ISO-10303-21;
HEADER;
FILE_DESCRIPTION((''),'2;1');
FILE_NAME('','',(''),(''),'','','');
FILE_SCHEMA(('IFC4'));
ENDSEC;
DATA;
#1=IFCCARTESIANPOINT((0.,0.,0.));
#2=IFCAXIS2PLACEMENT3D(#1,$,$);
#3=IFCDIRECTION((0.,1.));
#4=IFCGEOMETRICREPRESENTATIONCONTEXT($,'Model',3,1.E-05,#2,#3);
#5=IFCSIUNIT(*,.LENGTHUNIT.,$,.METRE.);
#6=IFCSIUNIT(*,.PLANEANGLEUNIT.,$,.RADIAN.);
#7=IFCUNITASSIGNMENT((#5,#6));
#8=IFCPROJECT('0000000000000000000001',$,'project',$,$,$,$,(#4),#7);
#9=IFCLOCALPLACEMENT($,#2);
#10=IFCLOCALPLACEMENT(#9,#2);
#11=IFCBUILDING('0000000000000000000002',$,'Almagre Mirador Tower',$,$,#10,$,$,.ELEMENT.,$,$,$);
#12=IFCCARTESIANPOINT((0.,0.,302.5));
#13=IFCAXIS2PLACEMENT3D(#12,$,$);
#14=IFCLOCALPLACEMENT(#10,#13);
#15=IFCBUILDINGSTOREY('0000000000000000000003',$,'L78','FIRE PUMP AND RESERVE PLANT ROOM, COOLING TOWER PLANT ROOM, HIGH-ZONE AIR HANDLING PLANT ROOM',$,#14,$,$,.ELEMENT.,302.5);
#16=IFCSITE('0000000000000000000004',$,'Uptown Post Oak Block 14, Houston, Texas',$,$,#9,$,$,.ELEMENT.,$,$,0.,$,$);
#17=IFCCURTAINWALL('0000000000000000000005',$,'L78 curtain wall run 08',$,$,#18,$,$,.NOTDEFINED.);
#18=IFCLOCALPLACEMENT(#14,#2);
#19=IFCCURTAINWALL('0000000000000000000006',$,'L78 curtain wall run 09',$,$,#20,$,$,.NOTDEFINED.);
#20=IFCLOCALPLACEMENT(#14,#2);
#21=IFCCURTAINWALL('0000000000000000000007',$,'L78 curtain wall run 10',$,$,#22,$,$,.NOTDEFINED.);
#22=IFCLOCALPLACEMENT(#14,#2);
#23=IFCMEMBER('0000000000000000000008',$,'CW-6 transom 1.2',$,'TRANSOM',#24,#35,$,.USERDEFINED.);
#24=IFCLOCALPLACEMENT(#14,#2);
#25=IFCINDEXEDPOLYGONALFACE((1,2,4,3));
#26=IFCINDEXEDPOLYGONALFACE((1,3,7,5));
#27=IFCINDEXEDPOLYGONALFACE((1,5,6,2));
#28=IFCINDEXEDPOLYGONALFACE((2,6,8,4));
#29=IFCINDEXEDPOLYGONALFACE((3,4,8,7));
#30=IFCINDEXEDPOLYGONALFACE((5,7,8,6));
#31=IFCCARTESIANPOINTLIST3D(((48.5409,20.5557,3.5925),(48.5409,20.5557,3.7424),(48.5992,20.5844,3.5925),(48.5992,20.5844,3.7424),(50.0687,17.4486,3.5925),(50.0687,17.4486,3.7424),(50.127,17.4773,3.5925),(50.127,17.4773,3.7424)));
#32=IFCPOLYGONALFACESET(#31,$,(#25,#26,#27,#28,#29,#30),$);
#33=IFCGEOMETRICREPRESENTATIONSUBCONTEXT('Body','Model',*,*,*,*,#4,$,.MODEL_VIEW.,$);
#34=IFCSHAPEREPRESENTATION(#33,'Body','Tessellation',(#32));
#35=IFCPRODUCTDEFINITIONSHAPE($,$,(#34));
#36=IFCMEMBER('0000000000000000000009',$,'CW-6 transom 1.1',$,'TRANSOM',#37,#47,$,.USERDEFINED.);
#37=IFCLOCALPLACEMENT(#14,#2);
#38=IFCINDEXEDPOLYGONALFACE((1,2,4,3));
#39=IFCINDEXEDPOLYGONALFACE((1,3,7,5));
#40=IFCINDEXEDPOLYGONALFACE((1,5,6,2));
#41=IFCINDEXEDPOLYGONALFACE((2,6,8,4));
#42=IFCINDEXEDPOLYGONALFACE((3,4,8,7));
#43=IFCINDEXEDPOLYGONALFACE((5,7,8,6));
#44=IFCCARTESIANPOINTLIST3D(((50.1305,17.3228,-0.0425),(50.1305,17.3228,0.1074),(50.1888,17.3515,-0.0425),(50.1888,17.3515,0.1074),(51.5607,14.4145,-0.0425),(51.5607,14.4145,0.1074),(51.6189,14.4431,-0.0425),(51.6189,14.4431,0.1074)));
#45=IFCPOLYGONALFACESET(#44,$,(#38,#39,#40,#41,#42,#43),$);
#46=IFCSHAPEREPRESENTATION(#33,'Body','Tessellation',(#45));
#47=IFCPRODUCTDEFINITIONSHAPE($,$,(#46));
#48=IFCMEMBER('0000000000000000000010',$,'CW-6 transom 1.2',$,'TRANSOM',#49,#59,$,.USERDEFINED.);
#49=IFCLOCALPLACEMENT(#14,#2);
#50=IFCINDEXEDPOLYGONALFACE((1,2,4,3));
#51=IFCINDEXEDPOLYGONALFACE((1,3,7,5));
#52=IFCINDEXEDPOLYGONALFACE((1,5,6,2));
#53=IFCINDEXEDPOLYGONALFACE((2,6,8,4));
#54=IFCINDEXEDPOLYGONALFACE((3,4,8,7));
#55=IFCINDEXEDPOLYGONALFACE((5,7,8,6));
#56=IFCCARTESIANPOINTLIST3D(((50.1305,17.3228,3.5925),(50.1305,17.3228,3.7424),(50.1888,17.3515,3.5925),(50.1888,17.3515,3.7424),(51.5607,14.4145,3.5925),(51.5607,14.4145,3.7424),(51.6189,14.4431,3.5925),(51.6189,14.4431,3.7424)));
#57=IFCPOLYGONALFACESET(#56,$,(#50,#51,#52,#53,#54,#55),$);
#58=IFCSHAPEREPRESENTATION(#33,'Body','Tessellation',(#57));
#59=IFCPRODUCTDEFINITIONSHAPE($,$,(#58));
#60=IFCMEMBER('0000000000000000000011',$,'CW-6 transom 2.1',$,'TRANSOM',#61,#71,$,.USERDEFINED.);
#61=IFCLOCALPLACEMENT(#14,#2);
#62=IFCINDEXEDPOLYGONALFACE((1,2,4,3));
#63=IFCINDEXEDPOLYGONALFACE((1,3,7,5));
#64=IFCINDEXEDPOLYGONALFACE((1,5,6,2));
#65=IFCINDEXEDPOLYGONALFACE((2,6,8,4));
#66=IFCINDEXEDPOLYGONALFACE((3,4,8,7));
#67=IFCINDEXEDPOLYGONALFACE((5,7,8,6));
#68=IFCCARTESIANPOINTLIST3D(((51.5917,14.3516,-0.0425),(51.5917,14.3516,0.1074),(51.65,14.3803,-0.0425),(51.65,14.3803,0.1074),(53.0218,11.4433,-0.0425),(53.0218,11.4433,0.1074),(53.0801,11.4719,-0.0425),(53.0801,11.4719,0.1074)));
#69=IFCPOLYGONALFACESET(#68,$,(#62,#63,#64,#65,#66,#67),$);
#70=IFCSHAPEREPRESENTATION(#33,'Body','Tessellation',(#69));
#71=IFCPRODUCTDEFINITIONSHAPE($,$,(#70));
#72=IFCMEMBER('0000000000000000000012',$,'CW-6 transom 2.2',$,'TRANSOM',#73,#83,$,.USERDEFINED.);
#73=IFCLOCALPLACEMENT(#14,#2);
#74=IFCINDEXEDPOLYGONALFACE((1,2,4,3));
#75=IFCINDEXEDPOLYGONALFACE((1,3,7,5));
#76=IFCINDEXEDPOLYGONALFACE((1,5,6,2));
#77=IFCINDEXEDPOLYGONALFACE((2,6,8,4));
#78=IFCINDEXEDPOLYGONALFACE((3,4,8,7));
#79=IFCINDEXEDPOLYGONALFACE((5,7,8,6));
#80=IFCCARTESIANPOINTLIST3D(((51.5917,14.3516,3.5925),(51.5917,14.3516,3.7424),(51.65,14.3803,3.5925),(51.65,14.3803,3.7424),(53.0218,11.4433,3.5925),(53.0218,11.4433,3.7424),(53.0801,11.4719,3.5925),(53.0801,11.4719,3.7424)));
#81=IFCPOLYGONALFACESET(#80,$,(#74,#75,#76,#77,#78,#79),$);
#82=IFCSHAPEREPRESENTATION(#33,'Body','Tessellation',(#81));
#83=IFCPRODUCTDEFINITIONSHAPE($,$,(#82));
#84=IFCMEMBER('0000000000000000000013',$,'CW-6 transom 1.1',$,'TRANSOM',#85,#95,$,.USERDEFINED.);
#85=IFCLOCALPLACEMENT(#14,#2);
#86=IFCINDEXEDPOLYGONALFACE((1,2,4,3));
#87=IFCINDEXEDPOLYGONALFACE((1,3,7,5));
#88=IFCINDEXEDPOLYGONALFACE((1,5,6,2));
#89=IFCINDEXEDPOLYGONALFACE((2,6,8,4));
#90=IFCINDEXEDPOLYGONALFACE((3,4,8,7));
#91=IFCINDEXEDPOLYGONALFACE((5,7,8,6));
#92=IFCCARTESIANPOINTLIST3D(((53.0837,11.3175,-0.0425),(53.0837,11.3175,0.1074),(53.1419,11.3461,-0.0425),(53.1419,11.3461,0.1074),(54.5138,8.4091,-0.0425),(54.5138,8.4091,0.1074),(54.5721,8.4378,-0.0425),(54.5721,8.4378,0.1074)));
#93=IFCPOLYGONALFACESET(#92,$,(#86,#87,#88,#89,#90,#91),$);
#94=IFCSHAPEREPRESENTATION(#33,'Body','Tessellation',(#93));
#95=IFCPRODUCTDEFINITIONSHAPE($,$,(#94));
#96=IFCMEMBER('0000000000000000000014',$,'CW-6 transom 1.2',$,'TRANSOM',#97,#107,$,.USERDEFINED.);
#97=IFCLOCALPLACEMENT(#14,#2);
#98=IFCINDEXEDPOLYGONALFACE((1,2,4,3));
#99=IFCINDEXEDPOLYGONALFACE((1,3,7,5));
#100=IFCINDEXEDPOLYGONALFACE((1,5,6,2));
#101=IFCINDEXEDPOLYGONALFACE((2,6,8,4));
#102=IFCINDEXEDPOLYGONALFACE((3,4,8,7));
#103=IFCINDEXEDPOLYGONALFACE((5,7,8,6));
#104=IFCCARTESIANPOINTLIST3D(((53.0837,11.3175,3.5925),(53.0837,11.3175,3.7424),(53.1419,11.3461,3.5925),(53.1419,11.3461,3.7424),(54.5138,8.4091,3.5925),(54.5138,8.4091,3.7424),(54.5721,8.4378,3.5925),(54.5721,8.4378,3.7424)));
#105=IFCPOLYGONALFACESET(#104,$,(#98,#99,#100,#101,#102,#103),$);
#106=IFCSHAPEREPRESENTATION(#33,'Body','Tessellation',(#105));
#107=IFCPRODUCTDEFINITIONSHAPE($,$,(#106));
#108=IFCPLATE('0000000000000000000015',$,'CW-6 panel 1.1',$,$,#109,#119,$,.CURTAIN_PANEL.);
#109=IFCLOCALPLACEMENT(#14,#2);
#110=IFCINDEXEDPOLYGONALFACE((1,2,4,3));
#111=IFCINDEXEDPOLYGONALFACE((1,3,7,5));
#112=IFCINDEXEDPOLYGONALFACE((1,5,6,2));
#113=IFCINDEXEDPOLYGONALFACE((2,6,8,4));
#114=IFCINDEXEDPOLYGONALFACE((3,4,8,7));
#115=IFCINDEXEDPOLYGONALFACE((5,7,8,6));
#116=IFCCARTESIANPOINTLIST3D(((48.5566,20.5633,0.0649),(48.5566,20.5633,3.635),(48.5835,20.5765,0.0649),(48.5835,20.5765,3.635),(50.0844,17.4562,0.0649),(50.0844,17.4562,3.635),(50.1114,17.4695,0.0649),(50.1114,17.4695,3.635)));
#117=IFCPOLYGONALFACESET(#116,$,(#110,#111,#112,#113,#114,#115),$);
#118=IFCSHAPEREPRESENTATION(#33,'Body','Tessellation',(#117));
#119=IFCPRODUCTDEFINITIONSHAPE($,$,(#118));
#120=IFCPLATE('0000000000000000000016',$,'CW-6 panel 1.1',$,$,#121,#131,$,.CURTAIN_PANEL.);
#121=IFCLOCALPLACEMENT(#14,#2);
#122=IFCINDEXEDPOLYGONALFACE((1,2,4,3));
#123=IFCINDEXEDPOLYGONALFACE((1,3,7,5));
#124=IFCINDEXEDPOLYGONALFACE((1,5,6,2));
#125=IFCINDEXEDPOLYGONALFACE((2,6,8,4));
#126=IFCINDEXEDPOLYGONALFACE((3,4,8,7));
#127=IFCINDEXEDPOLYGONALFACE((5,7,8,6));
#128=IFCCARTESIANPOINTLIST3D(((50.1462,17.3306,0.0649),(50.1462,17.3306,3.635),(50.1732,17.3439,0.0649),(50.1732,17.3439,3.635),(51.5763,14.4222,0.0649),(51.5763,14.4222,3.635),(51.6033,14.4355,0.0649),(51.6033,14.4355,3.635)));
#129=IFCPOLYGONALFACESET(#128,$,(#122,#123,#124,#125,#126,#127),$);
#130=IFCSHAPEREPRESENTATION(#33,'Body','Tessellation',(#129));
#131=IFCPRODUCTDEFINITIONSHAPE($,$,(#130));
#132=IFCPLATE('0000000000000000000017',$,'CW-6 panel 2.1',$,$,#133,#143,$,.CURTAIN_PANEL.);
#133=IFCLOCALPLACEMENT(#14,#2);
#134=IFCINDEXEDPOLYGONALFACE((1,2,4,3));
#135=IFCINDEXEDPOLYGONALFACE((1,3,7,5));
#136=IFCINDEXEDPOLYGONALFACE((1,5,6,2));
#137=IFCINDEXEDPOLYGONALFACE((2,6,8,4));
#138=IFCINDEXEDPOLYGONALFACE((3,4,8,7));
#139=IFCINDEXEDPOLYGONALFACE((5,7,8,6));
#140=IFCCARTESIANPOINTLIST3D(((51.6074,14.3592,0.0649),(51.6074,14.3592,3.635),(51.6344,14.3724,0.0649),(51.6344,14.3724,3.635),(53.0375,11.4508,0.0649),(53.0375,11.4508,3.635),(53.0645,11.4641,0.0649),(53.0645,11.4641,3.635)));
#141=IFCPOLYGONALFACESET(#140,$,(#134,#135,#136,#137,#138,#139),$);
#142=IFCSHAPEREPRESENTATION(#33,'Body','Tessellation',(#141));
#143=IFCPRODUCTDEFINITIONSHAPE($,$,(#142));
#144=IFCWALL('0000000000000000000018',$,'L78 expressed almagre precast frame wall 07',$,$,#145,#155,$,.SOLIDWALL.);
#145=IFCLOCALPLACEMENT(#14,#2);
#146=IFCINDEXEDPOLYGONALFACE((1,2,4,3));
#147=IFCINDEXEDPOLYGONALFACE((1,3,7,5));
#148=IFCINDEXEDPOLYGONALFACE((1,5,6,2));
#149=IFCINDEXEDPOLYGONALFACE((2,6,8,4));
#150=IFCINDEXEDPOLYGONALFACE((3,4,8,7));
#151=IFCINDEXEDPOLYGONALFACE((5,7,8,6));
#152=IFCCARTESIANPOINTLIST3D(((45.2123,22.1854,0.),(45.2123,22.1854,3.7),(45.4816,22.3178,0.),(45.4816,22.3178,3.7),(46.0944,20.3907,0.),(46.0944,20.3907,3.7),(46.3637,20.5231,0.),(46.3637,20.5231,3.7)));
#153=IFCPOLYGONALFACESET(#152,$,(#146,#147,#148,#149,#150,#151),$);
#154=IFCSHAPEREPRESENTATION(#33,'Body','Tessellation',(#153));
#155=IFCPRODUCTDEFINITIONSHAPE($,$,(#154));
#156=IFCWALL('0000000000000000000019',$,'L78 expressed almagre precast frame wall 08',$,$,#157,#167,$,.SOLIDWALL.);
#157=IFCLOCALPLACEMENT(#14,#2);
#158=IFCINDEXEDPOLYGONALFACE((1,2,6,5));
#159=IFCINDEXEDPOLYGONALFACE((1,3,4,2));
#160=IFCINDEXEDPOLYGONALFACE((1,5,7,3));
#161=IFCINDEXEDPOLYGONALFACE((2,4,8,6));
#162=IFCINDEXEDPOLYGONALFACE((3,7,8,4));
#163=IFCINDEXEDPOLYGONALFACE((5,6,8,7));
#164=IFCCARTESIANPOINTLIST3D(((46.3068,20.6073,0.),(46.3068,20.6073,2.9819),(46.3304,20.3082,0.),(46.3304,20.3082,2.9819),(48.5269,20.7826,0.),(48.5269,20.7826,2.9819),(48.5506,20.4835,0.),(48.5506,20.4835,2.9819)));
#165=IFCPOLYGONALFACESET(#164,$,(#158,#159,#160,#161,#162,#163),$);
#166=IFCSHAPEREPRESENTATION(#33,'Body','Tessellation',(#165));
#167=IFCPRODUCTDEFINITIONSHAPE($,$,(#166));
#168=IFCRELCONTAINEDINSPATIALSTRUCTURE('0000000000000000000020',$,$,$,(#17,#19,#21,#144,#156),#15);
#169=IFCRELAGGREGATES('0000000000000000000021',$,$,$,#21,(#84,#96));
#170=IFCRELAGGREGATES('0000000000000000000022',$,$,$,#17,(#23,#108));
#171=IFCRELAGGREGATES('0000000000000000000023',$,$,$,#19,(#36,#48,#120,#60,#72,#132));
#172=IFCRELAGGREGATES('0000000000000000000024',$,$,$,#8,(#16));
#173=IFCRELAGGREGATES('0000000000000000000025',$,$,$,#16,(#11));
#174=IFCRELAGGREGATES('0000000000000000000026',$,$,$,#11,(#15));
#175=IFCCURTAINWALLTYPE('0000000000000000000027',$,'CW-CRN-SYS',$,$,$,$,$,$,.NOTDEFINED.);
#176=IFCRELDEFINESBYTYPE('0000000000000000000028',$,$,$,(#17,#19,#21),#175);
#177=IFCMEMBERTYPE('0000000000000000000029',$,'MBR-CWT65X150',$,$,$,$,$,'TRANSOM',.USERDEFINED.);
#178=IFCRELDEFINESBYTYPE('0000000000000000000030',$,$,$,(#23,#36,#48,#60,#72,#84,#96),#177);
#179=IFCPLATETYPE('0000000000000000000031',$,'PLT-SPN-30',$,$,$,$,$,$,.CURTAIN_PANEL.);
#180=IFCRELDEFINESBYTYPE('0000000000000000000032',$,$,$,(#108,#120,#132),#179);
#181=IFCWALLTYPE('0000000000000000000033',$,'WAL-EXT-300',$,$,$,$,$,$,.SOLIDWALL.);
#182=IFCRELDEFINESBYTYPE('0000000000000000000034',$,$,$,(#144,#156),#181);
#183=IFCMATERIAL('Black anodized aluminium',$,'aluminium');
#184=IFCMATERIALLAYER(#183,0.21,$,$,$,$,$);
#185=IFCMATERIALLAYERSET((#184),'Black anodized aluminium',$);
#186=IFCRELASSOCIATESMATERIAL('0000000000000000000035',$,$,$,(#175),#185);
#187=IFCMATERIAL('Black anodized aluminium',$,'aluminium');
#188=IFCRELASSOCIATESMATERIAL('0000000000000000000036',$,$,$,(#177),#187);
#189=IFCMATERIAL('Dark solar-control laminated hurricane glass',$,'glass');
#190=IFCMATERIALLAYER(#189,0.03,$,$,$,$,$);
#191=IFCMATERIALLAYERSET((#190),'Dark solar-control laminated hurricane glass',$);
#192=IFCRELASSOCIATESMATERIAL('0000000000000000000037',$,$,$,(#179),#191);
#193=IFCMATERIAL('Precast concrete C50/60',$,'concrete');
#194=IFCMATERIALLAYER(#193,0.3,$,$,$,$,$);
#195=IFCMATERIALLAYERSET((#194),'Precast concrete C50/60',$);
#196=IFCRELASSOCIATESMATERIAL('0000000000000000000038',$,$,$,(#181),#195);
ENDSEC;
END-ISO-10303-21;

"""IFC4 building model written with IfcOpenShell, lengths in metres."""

from ifc_helpers import new_model, si_unit, direction, frame, frame_2d, origin, origin_2d, place, context, subcontext, project, spatial, rectangle, extrude, material, layer, layer_set, material_profile, profile_set, type_object, element, aggregate, save


model = new_model("IFC4")

# Units and contexts
model_context = context("Model", 3, precision=1e-05, world=origin(), true_north=direction((0.0, 1.0)))
body_context = subcontext(model_context, "Body", "Model", "MODEL_VIEW")
ifc_project = project(units=[si_unit("LENGTHUNIT", "METRE"), si_unit("PLANEANGLEUNIT", "RADIAN")], contexts=[model_context])

# Site, building, storey
site_placement = place(None, origin())
site = spatial("IfcSite", under=ifc_project, at=site_placement, Name="Uptown Post Oak Block 14, Houston, Texas", CompositionType="ELEMENT", RefElevation=0.0)
building_placement = place(site_placement, origin())
building = spatial("IfcBuilding", under=site, at=building_placement, Name="Almagre Mirador Tower", CompositionType="ELEMENT")
storey_placement = place(building_placement, frame((0.0, 0.0, 302.5)))
storey = spatial("IfcBuildingStorey", under=building, at=storey_placement, Name="L78", Description="FIRE PUMP AND RESERVE PLANT ROOM, COOLING TOWER PLANT ROOM, HIGH-ZONE AIR HANDLING PLANT ROOM", CompositionType="ELEMENT", Elevation=302.5)

# Curtain walls
ifc_material_1 = material(Name="Black anodized aluminium", Category="aluminium")
ifc_layer_1 = layer(ifc_material_1, 0.21)
ifc_layer_set_1 = layer_set([ifc_layer_1], Name="Black anodized aluminium")
curtain_wall_type = type_object("IfcCurtainWallType", Name="CW-CRN-SYS", PredefinedType="NOTDEFINED", material=ifc_layer_set_1)
curtain_wall_1_placement = place(storey_placement, origin())
curtain_wall_1 = element("IfcCurtainWall", 1, at=curtain_wall_1_placement, inside=storey, type_object=curtain_wall_type, Name="L78 curtain wall run 08", PredefinedType="NOTDEFINED")
curtain_wall_2_placement = place(storey_placement, origin())
curtain_wall_2 = element("IfcCurtainWall", 2, at=curtain_wall_2_placement, inside=storey, type_object=curtain_wall_type, Name="L78 curtain wall run 09", PredefinedType="NOTDEFINED")

# Curtain wall
curtain_wall_3_placement = place(storey_placement, origin())
curtain_wall_3 = element("IfcCurtainWall", 3, at=curtain_wall_3_placement, inside=storey, type_object=curtain_wall_type, Name="L78 curtain wall run 10", PredefinedType="NOTDEFINED")

# Members
ifc_material_2 = material(Name="Black anodized aluminium", Category="aluminium")
ifc_material_profile_1 = material_profile(ifc_material_2, rectangle(XDim=0.0649, YDim=0.1499, at=origin_2d()), Name="CWT65X150")
ifc_profile_set_1 = profile_set([ifc_material_profile_1], Name="Black anodized aluminium")
member_type_1 = type_object("IfcMemberType", Name="MBR-CWT65X150", ElementType="TRANSOM", PredefinedType="USERDEFINED", material=ifc_profile_set_1)
member_1_placement = place(storey_placement, frame((48.5701, 20.5701, 3.6675), z_axis=(0.441253, -0.897383, 0.0), x_axis=(0.897383, 0.441253, 0.0)))
member_1 = element("IfcMember", 4, at=member_1_placement, type_object=member_type_1, Name="CW-6 transom 1.2", ObjectType="TRANSOM", PredefinedType="USERDEFINED", context=body_context, shape_type="SweptSolid", body=[
    extrude(rectangle(XDim=0.0649, YDim=0.1499, at=origin_2d()), origin(), (0.0, 0.0, 1.0), 3.4624),
])
member_2_placement = place(storey_placement, frame((50.1597, 17.3372, 0.0325), z_axis=(0.441268, -0.897375, 0.0), x_axis=(0.897375, 0.441268, 0.0)))
member_2 = element("IfcMember", 5, at=member_2_placement, type_object=member_type_1, Name="CW-6 transom 1.1", ObjectType="TRANSOM", PredefinedType="USERDEFINED", context=body_context, shape_type="SweptSolid", body=[
    extrude(rectangle(XDim=0.0649, YDim=0.1499, at=origin_2d()), origin(), (0.0, 0.0, 1.0), 3.241),
])
member_3_placement = place(storey_placement, frame((50.1597, 17.3372, 3.6675), z_axis=(0.441268, -0.897375, 0.0), x_axis=(0.897375, 0.441268, 0.0)))
member_3 = element("IfcMember", 6, at=member_3_placement, type_object=member_type_1, Name="CW-6 transom 1.2", ObjectType="TRANSOM", PredefinedType="USERDEFINED", context=body_context, shape_type="SweptSolid", body=[
    extrude(rectangle(XDim=0.0649, YDim=0.1499, at=origin_2d()), origin(), (0.0, 0.0, 1.0), 3.241),
])
member_4_placement = place(storey_placement, frame((51.6208, 14.366, 0.0325), z_axis=(0.441268, -0.897375, 0.0), x_axis=(0.897375, 0.441268, 0.0)))
member_4 = element("IfcMember", 7, at=member_4_placement, type_object=member_type_1, Name="CW-6 transom 2.1", ObjectType="TRANSOM", PredefinedType="USERDEFINED", context=body_context, shape_type="SweptSolid", body=[
    extrude(rectangle(XDim=0.0649, YDim=0.1499, at=origin_2d()), origin(), (0.0, 0.0, 1.0), 3.241),
])
member_5_placement = place(storey_placement, frame((51.6208, 14.366, 3.6675), z_axis=(0.441268, -0.897375, 0.0), x_axis=(0.897375, 0.441268, 0.0)))
member_5 = element("IfcMember", 8, at=member_5_placement, type_object=member_type_1, Name="CW-6 transom 2.2", ObjectType="TRANSOM", PredefinedType="USERDEFINED", context=body_context, shape_type="SweptSolid", body=[
    extrude(rectangle(XDim=0.0649, YDim=0.1499, at=origin_2d()), origin(), (0.0, 0.0, 1.0), 3.241),
])
member_6_placement = place(storey_placement, frame((53.1128, 11.3318, 0.0325), z_axis=(0.441268, -0.897375, 0.0), x_axis=(0.897375, 0.441268, 0.0)))
member_6 = element("IfcMember", 9, at=member_6_placement, type_object=member_type_1, Name="CW-6 transom 1.1", ObjectType="TRANSOM", PredefinedType="USERDEFINED", context=body_context, shape_type="SweptSolid", body=[
    extrude(rectangle(XDim=0.0649, YDim=0.1499, at=origin_2d()), origin(), (0.0, 0.0, 1.0), 3.241),
])
member_7_placement = place(storey_placement, frame((53.1128, 11.3318, 3.6675), z_axis=(0.441268, -0.897375, 0.0), x_axis=(0.897375, 0.441268, 0.0)))
member_7 = element("IfcMember", 10, at=member_7_placement, type_object=member_type_1, Name="CW-6 transom 1.2", ObjectType="TRANSOM", PredefinedType="USERDEFINED", context=body_context, shape_type="SweptSolid", body=[
    extrude(rectangle(XDim=0.0649, YDim=0.1499, at=origin_2d()), origin(), (0.0, 0.0, 1.0), 3.241),
])
aggregate(curtain_wall_3, [member_6, member_7])

# Plates
ifc_material_3 = material(Name="Dark solar-control laminated hurricane glass", Category="glass")
ifc_layer_2 = layer(ifc_material_3, 0.03)
ifc_layer_set_2 = layer_set([ifc_layer_2], Name="Dark solar-control laminated hurricane glass")
plate_type = type_object("IfcPlateType", Name="PLT-SPN-30", PredefinedType="CURTAIN_PANEL", material=ifc_layer_set_2)
plate_1_placement = place(storey_placement, frame((49.334, 19.0164, 0.0649), z_axis=(0.0, 0.0, 1.0), x_axis=(0.441275, -0.897372, 0.0)))
plate_1 = element("IfcPlate", 11, at=plate_1_placement, type_object=plate_type, Name="CW-6 panel 1.1", PredefinedType="CURTAIN_PANEL", context=body_context, shape_type="SweptSolid", body=[
    extrude(rectangle(XDim=3.4624, YDim=0.03, at=origin_2d()), origin(), (0.0, 0.0, 1.0), 3.5701),
])
aggregate(curtain_wall_1, [member_1, plate_1])
plate_2_placement = place(storey_placement, frame((50.8748, 15.8831, 0.0649), z_axis=(0.0, 0.0, 1.0), x_axis=(0.441262, -0.897378, 0.0)))
plate_2 = element("IfcPlate", 12, at=plate_2_placement, type_object=plate_type, Name="CW-6 panel 1.1", PredefinedType="CURTAIN_PANEL", context=body_context, shape_type="SweptSolid", body=[
    extrude(rectangle(XDim=3.241, YDim=0.03, at=origin_2d()), origin(), (0.0, 0.0, 1.0), 3.5701),
])
plate_3_placement = place(storey_placement, frame((52.3359, 12.9116, 0.0649), z_axis=(0.0, 0.0, 1.0), x_axis=(0.441262, -0.897378, 0.0)))
plate_3 = element("IfcPlate", 13, at=plate_3_placement, type_object=plate_type, Name="CW-6 panel 2.1", PredefinedType="CURTAIN_PANEL", context=body_context, shape_type="SweptSolid", body=[
    extrude(rectangle(XDim=3.241, YDim=0.03, at=origin_2d()), origin(), (0.0, 0.0, 1.0), 3.5701),
])
aggregate(curtain_wall_2, [member_2, member_3, plate_2, member_4, member_5, plate_3])

# Walls
ifc_material_4 = material(Name="Precast concrete C50/60", Category="concrete")
ifc_layer_3 = layer(ifc_material_4, 0.3)
ifc_layer_set_3 = layer_set([ifc_layer_3], Name="Precast concrete C50/60")
wall_type_1 = type_object("IfcWallType", Name="WAL-EXT-300", PredefinedType="SOLIDWALL", material=ifc_layer_set_3)
wall_1_placement = place(storey_placement, frame((45.3469, 22.2517, 0.0), z_axis=(0.0, 0.0, 1.0), x_axis=(0.441099, -0.897459, 0.0)))
element("IfcWall", 14, at=wall_1_placement, inside=storey, type_object=wall_type_1, Name="L78 expressed almagre precast frame wall 07", PredefinedType="SOLIDWALL", context=body_context, shape_type="SweptSolid", body=[
    extrude(rectangle(XDim=1.9998, YDim=0.3, at=frame_2d((1.0, 0.0))), origin(), (0.0, 0.0, 1.0), 3.7),
])
wall_2_placement = place(storey_placement, frame((46.3186, 20.4578, 0.0), z_axis=(0.0, 0.0, 1.0), x_axis=(0.996898, 0.078708, 0.0)))
element("IfcWall", 15, at=wall_2_placement, inside=storey, type_object=wall_type_1, Name="L78 expressed almagre precast frame wall 08", PredefinedType="SOLIDWALL", context=body_context, shape_type="SweptSolid", body=[
    extrude(rectangle(XDim=2.2271, YDim=0.3, at=frame_2d((1.1135, 0.0))), origin(), (0.0, 0.0, 1.0), 2.9819),
])

save(model, "model.ifc")
